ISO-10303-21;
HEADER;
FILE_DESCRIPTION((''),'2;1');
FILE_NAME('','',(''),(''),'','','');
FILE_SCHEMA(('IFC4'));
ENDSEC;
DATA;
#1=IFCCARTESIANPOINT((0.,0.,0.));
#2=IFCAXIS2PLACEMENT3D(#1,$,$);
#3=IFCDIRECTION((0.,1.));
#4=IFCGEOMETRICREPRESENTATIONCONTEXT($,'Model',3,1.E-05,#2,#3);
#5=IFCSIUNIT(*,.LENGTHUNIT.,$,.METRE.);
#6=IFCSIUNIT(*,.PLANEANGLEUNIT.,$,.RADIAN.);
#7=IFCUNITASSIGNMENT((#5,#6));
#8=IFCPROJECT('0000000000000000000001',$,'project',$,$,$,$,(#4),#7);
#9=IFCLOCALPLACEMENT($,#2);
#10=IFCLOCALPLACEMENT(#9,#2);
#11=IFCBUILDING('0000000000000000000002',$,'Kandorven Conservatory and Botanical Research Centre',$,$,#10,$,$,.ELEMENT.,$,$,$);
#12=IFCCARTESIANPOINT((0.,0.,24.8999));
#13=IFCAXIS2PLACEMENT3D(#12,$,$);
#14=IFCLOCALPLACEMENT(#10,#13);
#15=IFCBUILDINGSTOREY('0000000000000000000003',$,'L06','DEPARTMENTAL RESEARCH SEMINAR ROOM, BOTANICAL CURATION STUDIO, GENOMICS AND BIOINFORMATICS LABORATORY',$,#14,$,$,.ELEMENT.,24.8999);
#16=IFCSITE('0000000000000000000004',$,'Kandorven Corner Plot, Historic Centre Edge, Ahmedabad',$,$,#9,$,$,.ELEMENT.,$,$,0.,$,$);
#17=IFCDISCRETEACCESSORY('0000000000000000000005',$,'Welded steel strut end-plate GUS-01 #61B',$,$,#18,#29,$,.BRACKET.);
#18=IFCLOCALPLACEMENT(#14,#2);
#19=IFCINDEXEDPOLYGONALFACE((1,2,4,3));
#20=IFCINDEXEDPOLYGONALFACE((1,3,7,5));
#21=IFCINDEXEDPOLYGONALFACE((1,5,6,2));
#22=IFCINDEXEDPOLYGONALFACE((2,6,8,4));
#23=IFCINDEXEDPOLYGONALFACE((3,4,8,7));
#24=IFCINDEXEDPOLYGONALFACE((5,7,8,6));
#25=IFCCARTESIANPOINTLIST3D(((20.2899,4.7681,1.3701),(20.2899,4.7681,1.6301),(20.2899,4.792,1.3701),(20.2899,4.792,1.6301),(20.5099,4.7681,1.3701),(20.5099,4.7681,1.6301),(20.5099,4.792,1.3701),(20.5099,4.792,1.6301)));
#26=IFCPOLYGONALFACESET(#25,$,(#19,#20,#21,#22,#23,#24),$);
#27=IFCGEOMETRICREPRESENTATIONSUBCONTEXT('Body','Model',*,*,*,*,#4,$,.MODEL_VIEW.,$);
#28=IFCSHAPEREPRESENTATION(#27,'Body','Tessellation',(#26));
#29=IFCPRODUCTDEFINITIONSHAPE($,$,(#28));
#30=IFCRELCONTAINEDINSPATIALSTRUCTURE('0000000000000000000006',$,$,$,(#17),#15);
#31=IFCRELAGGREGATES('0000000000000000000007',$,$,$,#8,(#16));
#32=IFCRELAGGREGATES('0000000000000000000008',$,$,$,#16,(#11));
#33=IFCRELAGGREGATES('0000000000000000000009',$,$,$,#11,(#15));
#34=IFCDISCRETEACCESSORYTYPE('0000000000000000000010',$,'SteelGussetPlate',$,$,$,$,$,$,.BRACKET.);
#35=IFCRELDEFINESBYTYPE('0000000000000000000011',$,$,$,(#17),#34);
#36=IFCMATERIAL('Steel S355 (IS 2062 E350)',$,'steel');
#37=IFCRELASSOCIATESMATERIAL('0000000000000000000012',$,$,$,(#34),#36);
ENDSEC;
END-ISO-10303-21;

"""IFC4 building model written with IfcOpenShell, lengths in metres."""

from ifc_helpers import new_model, si_unit, direction, frame, origin, origin_2d, place, context, subcontext, project, spatial, rectangle, extrude, material, type_object, element, save


model = new_model("IFC4")

# Units and contexts
model_context = context("Model", 3, precision=1e-05, world=origin(), true_north=direction((0.0, 1.0)))
body_context = subcontext(model_context, "Body", "Model", "MODEL_VIEW")
ifc_project = project(units=[si_unit("LENGTHUNIT", "METRE"), si_unit("PLANEANGLEUNIT", "RADIAN")], contexts=[model_context])

# Site, building, storey
site_placement = place(None, origin())
site = spatial("IfcSite", under=ifc_project, at=site_placement, Name="Kandorven Corner Plot, Historic Centre Edge, Ahmedabad", CompositionType="ELEMENT", RefElevation=0.0)
building_placement = place(site_placement, origin())
building = spatial("IfcBuilding", under=site, at=building_placement, Name="Kandorven Conservatory and Botanical Research Centre", CompositionType="ELEMENT")
storey_placement = place(building_placement, frame((0.0, 0.0, 24.8999)))
storey = spatial("IfcBuildingStorey", under=building, at=storey_placement, Name="L06", Description="DEPARTMENTAL RESEARCH SEMINAR ROOM, BOTANICAL CURATION STUDIO, GENOMICS AND BIOINFORMATICS LABORATORY", CompositionType="ELEMENT", Elevation=24.8999)

# Discrete accessory
ifc_material_1 = material(Name="Steel S355 (IS 2062 E350)", Category="steel")
discrete_accessory_type_1 = type_object("IfcDiscreteAccessoryType", Name="SteelGussetPlate", PredefinedType="BRACKET", material=ifc_material_1)
discrete_accessory_1_placement = place(storey_placement, frame((20.3999, 4.78, 1.3701), z_axis=(0.0, 0.0, 1.0), x_axis=(1.0, 0.0, 0.0)))
element("IfcDiscreteAccessory", 1, at=discrete_accessory_1_placement, inside=storey, type_object=discrete_accessory_type_1, Name="Welded steel strut end-plate GUS-01 #61B", PredefinedType="BRACKET", context=body_context, shape_type="SweptSolid", body=[
    extrude(rectangle(XDim=0.22, YDim=0.0239, at=origin_2d()), origin(), (0.0, 0.0, 1.0), 0.26),
])

save(model, "model.ifc")
